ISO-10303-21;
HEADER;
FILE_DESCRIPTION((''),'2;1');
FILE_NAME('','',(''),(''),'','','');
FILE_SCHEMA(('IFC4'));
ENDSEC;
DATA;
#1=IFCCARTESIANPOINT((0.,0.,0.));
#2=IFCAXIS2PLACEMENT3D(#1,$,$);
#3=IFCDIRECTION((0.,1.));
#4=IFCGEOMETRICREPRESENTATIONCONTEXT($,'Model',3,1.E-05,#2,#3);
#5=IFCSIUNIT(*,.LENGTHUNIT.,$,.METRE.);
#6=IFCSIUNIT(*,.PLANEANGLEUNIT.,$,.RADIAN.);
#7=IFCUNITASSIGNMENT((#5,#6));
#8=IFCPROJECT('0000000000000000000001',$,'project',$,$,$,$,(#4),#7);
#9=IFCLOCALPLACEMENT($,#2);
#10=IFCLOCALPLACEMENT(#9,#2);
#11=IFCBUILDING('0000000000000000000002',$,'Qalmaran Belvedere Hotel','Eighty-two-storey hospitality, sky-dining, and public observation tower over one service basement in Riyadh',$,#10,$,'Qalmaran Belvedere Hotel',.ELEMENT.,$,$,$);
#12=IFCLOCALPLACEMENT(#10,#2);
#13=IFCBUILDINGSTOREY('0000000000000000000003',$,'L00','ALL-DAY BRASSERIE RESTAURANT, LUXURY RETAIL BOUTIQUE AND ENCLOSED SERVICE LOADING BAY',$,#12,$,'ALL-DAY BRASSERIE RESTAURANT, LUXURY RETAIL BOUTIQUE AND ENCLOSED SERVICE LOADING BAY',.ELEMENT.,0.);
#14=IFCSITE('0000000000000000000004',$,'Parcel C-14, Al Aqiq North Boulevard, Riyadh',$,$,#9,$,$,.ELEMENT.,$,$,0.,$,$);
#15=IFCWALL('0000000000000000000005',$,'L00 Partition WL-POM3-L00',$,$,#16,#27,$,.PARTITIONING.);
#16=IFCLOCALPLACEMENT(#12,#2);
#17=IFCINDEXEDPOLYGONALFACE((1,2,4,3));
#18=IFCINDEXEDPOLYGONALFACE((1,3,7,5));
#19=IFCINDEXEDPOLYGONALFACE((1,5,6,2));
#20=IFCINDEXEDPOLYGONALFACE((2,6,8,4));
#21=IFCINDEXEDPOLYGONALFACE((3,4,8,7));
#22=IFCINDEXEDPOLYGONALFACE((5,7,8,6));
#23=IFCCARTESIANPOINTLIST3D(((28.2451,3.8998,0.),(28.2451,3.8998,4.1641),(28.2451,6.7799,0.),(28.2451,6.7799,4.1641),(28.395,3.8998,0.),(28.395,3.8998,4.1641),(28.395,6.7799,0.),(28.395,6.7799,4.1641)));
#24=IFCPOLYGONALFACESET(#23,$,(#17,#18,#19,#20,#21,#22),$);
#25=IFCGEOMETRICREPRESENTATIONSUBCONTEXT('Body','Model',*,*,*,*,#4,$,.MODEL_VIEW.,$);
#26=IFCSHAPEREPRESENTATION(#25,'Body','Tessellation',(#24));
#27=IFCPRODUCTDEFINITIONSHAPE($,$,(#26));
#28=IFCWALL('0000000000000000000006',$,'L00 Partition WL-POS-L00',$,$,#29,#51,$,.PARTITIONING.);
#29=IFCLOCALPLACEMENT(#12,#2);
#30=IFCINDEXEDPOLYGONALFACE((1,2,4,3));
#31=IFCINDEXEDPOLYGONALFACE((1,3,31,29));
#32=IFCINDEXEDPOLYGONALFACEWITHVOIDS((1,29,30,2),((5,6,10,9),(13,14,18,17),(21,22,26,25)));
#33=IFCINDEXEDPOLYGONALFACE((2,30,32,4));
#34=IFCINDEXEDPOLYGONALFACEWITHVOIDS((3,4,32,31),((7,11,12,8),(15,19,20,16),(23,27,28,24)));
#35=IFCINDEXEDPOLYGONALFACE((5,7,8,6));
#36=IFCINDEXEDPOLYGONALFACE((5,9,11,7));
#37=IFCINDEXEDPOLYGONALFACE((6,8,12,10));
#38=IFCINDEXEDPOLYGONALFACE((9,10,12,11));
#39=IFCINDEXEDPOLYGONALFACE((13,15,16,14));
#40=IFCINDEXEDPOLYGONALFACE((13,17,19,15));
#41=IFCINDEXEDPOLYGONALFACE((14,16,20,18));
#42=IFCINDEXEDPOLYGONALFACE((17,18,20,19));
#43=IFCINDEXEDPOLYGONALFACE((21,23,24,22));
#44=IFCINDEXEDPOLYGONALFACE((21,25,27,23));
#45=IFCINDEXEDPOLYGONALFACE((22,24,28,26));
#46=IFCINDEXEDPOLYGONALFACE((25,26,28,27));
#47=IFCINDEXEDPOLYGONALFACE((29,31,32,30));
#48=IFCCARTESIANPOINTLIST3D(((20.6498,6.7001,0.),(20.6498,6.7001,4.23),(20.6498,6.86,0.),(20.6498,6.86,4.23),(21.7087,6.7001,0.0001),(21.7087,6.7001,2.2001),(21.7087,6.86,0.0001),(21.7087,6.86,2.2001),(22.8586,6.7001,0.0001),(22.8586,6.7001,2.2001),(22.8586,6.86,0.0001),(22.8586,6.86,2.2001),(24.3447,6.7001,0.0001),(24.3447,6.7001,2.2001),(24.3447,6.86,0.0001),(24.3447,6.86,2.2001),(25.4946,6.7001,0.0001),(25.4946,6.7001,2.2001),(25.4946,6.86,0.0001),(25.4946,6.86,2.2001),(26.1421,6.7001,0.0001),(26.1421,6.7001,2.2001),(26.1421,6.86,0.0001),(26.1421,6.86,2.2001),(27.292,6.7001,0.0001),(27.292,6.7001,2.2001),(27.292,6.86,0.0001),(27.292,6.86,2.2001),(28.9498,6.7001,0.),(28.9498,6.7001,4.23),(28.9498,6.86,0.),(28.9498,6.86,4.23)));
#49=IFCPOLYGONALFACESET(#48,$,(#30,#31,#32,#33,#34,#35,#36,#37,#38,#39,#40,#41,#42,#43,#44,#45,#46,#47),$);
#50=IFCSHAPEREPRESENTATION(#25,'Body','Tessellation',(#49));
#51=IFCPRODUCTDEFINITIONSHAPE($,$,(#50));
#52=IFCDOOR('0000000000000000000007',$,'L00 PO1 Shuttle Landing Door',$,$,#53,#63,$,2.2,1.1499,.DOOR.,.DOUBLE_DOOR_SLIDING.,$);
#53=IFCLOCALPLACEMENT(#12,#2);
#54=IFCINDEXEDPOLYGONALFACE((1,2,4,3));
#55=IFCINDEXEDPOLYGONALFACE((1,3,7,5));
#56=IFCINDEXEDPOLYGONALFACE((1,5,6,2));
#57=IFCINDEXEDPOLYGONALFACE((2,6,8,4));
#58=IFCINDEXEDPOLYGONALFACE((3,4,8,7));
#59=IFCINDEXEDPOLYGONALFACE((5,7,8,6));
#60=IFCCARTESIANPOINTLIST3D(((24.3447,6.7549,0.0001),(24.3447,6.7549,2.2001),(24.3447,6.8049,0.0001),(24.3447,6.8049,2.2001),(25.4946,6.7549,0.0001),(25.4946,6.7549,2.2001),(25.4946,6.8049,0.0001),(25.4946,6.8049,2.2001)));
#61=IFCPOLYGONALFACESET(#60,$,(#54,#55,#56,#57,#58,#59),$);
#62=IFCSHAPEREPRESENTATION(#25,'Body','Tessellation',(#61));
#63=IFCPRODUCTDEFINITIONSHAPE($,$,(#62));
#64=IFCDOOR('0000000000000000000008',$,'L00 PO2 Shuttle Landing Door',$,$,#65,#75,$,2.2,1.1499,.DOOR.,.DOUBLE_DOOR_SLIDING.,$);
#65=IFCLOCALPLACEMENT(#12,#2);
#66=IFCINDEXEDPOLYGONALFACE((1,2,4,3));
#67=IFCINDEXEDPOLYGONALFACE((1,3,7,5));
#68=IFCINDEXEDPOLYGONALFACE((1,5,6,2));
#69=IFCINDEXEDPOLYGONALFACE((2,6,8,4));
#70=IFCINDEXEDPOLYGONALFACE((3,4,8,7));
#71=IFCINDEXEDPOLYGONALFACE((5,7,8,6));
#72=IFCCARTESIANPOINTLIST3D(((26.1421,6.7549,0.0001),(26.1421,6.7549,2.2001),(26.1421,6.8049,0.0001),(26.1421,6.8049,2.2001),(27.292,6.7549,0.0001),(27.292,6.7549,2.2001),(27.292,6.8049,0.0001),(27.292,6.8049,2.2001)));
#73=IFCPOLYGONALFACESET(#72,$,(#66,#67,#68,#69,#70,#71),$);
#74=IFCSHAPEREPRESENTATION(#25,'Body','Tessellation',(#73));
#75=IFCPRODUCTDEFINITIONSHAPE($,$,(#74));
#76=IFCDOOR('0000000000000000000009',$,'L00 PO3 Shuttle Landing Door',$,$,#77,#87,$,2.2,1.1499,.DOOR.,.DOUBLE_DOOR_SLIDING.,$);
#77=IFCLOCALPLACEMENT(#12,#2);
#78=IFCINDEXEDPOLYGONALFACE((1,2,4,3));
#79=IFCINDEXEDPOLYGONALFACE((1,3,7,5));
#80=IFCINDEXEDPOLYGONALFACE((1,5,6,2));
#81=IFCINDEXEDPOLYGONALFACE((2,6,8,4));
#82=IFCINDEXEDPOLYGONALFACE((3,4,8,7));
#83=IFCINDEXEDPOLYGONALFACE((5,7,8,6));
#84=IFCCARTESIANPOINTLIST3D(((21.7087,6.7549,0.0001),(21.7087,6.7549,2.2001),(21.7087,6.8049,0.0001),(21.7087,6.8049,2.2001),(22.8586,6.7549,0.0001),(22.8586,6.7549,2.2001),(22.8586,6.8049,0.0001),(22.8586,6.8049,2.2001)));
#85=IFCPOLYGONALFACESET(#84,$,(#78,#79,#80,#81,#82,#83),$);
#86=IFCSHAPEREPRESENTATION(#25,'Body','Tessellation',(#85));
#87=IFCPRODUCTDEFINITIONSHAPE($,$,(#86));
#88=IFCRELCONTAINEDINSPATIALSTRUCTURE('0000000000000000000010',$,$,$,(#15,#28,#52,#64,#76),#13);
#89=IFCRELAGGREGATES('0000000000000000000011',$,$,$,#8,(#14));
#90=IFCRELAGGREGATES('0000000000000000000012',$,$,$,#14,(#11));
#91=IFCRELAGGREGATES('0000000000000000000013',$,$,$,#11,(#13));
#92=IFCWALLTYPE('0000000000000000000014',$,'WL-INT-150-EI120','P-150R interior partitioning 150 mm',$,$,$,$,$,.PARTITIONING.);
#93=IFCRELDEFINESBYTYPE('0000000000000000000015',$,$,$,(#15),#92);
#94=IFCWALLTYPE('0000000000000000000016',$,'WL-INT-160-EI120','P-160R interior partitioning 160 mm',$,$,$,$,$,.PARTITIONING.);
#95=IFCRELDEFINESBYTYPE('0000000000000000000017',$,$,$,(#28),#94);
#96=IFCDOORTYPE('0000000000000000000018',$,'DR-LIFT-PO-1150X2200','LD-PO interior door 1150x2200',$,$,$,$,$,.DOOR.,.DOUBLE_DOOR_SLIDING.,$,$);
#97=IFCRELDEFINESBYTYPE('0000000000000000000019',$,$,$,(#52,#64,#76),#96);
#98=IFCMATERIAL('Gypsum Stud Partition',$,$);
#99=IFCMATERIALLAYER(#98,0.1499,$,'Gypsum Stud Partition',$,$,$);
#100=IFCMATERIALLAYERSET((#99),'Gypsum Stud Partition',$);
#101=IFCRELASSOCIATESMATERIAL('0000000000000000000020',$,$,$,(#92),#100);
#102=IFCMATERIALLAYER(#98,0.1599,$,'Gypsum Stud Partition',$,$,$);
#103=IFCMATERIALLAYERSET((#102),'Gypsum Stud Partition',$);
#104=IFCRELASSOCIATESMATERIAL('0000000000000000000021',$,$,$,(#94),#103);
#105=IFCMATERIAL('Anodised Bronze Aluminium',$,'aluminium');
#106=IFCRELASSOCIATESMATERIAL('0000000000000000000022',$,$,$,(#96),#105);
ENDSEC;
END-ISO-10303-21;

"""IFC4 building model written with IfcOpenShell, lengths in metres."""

from ifc_helpers import new_model, si_unit, direction, frame, frame_2d, origin, place, context, subcontext, project, spatial, rectangle, extrude, material, layer, layer_set, type_object, element, fill, save


model = new_model("IFC4")

# Units and contexts
model_context = context("Model", 3, precision=1e-05, world=origin(), true_north=direction((0.0, 1.0)))
body_context = subcontext(model_context, "Body", "Model", "MODEL_VIEW")
ifc_project = project(units=[si_unit("LENGTHUNIT", "METRE"), si_unit("PLANEANGLEUNIT", "RADIAN")], contexts=[model_context])

# Site, building, storey
site_placement = place(None, origin())
site = spatial("IfcSite", under=ifc_project, at=site_placement, Name="Parcel C-14, Al Aqiq North Boulevard, Riyadh", CompositionType="ELEMENT", RefElevation=0.0)
building_placement = place(site_placement, origin())
building = spatial("IfcBuilding", under=site, at=building_placement, Name="Qalmaran Belvedere Hotel", Description="Eighty-two-storey hospitality, sky-dining, and public observation tower over one service basement in Riyadh", LongName="Qalmaran Belvedere Hotel", CompositionType="ELEMENT")
storey_placement = place(building_placement, origin())
storey = spatial("IfcBuildingStorey", under=building, at=storey_placement, Name="L00", Description="ALL-DAY BRASSERIE RESTAURANT, LUXURY RETAIL BOUTIQUE AND ENCLOSED SERVICE LOADING BAY", LongName="ALL-DAY BRASSERIE RESTAURANT, LUXURY RETAIL BOUTIQUE AND ENCLOSED SERVICE LOADING BAY", CompositionType="ELEMENT", Elevation=0.0)

# Wall
ifc_material_1 = material(Name="Gypsum Stud Partition")
ifc_layer_1 = layer(ifc_material_1, 0.1499, Name="Gypsum Stud Partition")
ifc_layer_set_1 = layer_set([ifc_layer_1], Name="Gypsum Stud Partition")
wall_type_1 = type_object("IfcWallType", Name="WL-INT-150-EI120", Description="P-150R interior partitioning 150 mm", PredefinedType="PARTITIONING", material=ifc_layer_set_1)
for number, where, z_axis, x_axis, name in (
    (1, (28.3201, 3.8999, 0.0), (0.0, 0.0, 1.0), (0.0, 1.0, 0.0), "L00 Partition WL-POM3-L00"),
):
    element("IfcWall", number, at=place(storey_placement, frame(where, z_axis=z_axis, x_axis=x_axis)), inside=storey, type_object=wall_type_1, Name=name, PredefinedType="PARTITIONING", context=body_context, shape_type="SweptSolid", body=[
        extrude(rectangle(XDim=2.8801, YDim=0.1499, at=frame_2d((1.4399, 0.0))), origin(), (0.0, 0.0, 1.0), 4.1641),
    ])

# Wall, openings, doors
ifc_layer_2 = layer(ifc_material_1, 0.1599, Name="Gypsum Stud Partition")
ifc_layer_set_2 = layer_set([ifc_layer_2], Name="Gypsum Stud Partition")
wall_type_2 = type_object("IfcWallType", Name="WL-INT-160-EI120", Description="P-160R interior partitioning 160 mm", PredefinedType="PARTITIONING", material=ifc_layer_set_2)
wall_1_placement = place(storey_placement, frame((20.6499, 6.78, 0.0), z_axis=(0.0, 0.0, 1.0), x_axis=(1.0, 0.0, 0.0)))
wall_1 = element("IfcWall", 2, at=wall_1_placement, inside=storey, type_object=wall_type_2, Name="L00 Partition WL-POS-L00", PredefinedType="PARTITIONING", context=body_context, shape_type="SweptSolid", body=[
    extrude(rectangle(XDim=8.3, YDim=0.1599, at=frame_2d((4.1499, 0.0))), origin(), (0.0, 0.0, 1.0), 4.23),
])
opening_1_placement = place(wall_1_placement, frame((3.6948, 0.0, 0.0)))
opening_1 = element("IfcOpeningElement", 3, at=opening_1_placement, cuts=wall_1, PredefinedType="OPENING", context=body_context, shape_type="SweptSolid", body=[
    extrude(rectangle(XDim=1.1499, YDim=2.2, at=frame_2d((0.575, 1.1001))), frame((0.0, 0.0898, 0.0), z_axis=(0.0, -1.0, 0.0), x_axis=(1.0, 0.0, 0.0)), (0.0, 0.0, 1.0), 0.1799),
])
opening_2_placement = place(wall_1_placement, frame((5.4922, 0.0, 0.0)))
opening_2 = element("IfcOpeningElement", 4, at=opening_2_placement, cuts=wall_1, PredefinedType="OPENING", context=body_context, shape_type="SweptSolid", body=[
    extrude(rectangle(XDim=1.1499, YDim=2.2, at=frame_2d((0.575, 1.1001))), frame((0.0, 0.0898, 0.0), z_axis=(0.0, -1.0, 0.0), x_axis=(1.0, 0.0, 0.0)), (0.0, 0.0, 1.0), 0.1799),
])
opening_3_placement = place(wall_1_placement, frame((1.0588, 0.0, 0.0)))
opening_3 = element("IfcOpeningElement", 5, at=opening_3_placement, cuts=wall_1, PredefinedType="OPENING", context=body_context, shape_type="SweptSolid", body=[
    extrude(rectangle(XDim=1.1499, YDim=2.2, at=frame_2d((0.575, 1.1001))), frame((0.0, 0.0898, 0.0), z_axis=(0.0, -1.0, 0.0), x_axis=(1.0, 0.0, 0.0)), (0.0, 0.0, 1.0), 0.1799),
])
ifc_material_2 = material(Name="Anodised Bronze Aluminium", Category="aluminium")
door_type_1 = type_object("IfcDoorType", Name="DR-LIFT-PO-1150X2200", Description="LD-PO interior door 1150x2200", OperationType="DOUBLE_DOOR_SLIDING", PredefinedType="DOOR", material=ifc_material_2)
door_1_placement = place(opening_1_placement, origin())
door_1 = element("IfcDoor", 6, at=door_1_placement, inside=storey, type_object=door_type_1, Name="L00 PO1 Shuttle Landing Door", OperationType="DOUBLE_DOOR_SLIDING", OverallHeight=2.2, OverallWidth=1.1499, PredefinedType="DOOR", context=body_context, shape_type="SweptSolid", body=[
    extrude(rectangle(XDim=1.1499, YDim=2.2, at=frame_2d((0.575, 1.1001))), frame((0.0, 0.0249, 0.0), z_axis=(0.0, -1.0, 0.0), x_axis=(1.0, 0.0, 0.0)), (0.0, 0.0, 1.0), 0.05),
])
fill(opening_1, door_1)
door_2_placement = place(opening_2_placement, origin())
door_2 = element("IfcDoor", 7, at=door_2_placement, inside=storey, type_object=door_type_1, Name="L00 PO2 Shuttle Landing Door", OperationType="DOUBLE_DOOR_SLIDING", OverallHeight=2.2, OverallWidth=1.1499, PredefinedType="DOOR", context=body_context, shape_type="SweptSolid", body=[
    extrude(rectangle(XDim=1.1499, YDim=2.2, at=frame_2d((0.575, 1.1001))), frame((0.0, 0.0249, 0.0), z_axis=(0.0, -1.0, 0.0), x_axis=(1.0, 0.0, 0.0)), (0.0, 0.0, 1.0), 0.05),
])
fill(opening_2, door_2)
door_3_placement = place(opening_3_placement, origin())
door_3 = element("IfcDoor", 8, at=door_3_placement, inside=storey, type_object=door_type_1, Name="L00 PO3 Shuttle Landing Door", OperationType="DOUBLE_DOOR_SLIDING", OverallHeight=2.2, OverallWidth=1.1499, PredefinedType="DOOR", context=body_context, shape_type="SweptSolid", body=[
    extrude(rectangle(XDim=1.1499, YDim=2.2, at=frame_2d((0.575, 1.1001))), frame((0.0, 0.0249, 0.0), z_axis=(0.0, -1.0, 0.0), x_axis=(1.0, 0.0, 0.0)), (0.0, 0.0, 1.0), 0.05),
])
fill(opening_3, door_3)

save(model, "model.ifc")
